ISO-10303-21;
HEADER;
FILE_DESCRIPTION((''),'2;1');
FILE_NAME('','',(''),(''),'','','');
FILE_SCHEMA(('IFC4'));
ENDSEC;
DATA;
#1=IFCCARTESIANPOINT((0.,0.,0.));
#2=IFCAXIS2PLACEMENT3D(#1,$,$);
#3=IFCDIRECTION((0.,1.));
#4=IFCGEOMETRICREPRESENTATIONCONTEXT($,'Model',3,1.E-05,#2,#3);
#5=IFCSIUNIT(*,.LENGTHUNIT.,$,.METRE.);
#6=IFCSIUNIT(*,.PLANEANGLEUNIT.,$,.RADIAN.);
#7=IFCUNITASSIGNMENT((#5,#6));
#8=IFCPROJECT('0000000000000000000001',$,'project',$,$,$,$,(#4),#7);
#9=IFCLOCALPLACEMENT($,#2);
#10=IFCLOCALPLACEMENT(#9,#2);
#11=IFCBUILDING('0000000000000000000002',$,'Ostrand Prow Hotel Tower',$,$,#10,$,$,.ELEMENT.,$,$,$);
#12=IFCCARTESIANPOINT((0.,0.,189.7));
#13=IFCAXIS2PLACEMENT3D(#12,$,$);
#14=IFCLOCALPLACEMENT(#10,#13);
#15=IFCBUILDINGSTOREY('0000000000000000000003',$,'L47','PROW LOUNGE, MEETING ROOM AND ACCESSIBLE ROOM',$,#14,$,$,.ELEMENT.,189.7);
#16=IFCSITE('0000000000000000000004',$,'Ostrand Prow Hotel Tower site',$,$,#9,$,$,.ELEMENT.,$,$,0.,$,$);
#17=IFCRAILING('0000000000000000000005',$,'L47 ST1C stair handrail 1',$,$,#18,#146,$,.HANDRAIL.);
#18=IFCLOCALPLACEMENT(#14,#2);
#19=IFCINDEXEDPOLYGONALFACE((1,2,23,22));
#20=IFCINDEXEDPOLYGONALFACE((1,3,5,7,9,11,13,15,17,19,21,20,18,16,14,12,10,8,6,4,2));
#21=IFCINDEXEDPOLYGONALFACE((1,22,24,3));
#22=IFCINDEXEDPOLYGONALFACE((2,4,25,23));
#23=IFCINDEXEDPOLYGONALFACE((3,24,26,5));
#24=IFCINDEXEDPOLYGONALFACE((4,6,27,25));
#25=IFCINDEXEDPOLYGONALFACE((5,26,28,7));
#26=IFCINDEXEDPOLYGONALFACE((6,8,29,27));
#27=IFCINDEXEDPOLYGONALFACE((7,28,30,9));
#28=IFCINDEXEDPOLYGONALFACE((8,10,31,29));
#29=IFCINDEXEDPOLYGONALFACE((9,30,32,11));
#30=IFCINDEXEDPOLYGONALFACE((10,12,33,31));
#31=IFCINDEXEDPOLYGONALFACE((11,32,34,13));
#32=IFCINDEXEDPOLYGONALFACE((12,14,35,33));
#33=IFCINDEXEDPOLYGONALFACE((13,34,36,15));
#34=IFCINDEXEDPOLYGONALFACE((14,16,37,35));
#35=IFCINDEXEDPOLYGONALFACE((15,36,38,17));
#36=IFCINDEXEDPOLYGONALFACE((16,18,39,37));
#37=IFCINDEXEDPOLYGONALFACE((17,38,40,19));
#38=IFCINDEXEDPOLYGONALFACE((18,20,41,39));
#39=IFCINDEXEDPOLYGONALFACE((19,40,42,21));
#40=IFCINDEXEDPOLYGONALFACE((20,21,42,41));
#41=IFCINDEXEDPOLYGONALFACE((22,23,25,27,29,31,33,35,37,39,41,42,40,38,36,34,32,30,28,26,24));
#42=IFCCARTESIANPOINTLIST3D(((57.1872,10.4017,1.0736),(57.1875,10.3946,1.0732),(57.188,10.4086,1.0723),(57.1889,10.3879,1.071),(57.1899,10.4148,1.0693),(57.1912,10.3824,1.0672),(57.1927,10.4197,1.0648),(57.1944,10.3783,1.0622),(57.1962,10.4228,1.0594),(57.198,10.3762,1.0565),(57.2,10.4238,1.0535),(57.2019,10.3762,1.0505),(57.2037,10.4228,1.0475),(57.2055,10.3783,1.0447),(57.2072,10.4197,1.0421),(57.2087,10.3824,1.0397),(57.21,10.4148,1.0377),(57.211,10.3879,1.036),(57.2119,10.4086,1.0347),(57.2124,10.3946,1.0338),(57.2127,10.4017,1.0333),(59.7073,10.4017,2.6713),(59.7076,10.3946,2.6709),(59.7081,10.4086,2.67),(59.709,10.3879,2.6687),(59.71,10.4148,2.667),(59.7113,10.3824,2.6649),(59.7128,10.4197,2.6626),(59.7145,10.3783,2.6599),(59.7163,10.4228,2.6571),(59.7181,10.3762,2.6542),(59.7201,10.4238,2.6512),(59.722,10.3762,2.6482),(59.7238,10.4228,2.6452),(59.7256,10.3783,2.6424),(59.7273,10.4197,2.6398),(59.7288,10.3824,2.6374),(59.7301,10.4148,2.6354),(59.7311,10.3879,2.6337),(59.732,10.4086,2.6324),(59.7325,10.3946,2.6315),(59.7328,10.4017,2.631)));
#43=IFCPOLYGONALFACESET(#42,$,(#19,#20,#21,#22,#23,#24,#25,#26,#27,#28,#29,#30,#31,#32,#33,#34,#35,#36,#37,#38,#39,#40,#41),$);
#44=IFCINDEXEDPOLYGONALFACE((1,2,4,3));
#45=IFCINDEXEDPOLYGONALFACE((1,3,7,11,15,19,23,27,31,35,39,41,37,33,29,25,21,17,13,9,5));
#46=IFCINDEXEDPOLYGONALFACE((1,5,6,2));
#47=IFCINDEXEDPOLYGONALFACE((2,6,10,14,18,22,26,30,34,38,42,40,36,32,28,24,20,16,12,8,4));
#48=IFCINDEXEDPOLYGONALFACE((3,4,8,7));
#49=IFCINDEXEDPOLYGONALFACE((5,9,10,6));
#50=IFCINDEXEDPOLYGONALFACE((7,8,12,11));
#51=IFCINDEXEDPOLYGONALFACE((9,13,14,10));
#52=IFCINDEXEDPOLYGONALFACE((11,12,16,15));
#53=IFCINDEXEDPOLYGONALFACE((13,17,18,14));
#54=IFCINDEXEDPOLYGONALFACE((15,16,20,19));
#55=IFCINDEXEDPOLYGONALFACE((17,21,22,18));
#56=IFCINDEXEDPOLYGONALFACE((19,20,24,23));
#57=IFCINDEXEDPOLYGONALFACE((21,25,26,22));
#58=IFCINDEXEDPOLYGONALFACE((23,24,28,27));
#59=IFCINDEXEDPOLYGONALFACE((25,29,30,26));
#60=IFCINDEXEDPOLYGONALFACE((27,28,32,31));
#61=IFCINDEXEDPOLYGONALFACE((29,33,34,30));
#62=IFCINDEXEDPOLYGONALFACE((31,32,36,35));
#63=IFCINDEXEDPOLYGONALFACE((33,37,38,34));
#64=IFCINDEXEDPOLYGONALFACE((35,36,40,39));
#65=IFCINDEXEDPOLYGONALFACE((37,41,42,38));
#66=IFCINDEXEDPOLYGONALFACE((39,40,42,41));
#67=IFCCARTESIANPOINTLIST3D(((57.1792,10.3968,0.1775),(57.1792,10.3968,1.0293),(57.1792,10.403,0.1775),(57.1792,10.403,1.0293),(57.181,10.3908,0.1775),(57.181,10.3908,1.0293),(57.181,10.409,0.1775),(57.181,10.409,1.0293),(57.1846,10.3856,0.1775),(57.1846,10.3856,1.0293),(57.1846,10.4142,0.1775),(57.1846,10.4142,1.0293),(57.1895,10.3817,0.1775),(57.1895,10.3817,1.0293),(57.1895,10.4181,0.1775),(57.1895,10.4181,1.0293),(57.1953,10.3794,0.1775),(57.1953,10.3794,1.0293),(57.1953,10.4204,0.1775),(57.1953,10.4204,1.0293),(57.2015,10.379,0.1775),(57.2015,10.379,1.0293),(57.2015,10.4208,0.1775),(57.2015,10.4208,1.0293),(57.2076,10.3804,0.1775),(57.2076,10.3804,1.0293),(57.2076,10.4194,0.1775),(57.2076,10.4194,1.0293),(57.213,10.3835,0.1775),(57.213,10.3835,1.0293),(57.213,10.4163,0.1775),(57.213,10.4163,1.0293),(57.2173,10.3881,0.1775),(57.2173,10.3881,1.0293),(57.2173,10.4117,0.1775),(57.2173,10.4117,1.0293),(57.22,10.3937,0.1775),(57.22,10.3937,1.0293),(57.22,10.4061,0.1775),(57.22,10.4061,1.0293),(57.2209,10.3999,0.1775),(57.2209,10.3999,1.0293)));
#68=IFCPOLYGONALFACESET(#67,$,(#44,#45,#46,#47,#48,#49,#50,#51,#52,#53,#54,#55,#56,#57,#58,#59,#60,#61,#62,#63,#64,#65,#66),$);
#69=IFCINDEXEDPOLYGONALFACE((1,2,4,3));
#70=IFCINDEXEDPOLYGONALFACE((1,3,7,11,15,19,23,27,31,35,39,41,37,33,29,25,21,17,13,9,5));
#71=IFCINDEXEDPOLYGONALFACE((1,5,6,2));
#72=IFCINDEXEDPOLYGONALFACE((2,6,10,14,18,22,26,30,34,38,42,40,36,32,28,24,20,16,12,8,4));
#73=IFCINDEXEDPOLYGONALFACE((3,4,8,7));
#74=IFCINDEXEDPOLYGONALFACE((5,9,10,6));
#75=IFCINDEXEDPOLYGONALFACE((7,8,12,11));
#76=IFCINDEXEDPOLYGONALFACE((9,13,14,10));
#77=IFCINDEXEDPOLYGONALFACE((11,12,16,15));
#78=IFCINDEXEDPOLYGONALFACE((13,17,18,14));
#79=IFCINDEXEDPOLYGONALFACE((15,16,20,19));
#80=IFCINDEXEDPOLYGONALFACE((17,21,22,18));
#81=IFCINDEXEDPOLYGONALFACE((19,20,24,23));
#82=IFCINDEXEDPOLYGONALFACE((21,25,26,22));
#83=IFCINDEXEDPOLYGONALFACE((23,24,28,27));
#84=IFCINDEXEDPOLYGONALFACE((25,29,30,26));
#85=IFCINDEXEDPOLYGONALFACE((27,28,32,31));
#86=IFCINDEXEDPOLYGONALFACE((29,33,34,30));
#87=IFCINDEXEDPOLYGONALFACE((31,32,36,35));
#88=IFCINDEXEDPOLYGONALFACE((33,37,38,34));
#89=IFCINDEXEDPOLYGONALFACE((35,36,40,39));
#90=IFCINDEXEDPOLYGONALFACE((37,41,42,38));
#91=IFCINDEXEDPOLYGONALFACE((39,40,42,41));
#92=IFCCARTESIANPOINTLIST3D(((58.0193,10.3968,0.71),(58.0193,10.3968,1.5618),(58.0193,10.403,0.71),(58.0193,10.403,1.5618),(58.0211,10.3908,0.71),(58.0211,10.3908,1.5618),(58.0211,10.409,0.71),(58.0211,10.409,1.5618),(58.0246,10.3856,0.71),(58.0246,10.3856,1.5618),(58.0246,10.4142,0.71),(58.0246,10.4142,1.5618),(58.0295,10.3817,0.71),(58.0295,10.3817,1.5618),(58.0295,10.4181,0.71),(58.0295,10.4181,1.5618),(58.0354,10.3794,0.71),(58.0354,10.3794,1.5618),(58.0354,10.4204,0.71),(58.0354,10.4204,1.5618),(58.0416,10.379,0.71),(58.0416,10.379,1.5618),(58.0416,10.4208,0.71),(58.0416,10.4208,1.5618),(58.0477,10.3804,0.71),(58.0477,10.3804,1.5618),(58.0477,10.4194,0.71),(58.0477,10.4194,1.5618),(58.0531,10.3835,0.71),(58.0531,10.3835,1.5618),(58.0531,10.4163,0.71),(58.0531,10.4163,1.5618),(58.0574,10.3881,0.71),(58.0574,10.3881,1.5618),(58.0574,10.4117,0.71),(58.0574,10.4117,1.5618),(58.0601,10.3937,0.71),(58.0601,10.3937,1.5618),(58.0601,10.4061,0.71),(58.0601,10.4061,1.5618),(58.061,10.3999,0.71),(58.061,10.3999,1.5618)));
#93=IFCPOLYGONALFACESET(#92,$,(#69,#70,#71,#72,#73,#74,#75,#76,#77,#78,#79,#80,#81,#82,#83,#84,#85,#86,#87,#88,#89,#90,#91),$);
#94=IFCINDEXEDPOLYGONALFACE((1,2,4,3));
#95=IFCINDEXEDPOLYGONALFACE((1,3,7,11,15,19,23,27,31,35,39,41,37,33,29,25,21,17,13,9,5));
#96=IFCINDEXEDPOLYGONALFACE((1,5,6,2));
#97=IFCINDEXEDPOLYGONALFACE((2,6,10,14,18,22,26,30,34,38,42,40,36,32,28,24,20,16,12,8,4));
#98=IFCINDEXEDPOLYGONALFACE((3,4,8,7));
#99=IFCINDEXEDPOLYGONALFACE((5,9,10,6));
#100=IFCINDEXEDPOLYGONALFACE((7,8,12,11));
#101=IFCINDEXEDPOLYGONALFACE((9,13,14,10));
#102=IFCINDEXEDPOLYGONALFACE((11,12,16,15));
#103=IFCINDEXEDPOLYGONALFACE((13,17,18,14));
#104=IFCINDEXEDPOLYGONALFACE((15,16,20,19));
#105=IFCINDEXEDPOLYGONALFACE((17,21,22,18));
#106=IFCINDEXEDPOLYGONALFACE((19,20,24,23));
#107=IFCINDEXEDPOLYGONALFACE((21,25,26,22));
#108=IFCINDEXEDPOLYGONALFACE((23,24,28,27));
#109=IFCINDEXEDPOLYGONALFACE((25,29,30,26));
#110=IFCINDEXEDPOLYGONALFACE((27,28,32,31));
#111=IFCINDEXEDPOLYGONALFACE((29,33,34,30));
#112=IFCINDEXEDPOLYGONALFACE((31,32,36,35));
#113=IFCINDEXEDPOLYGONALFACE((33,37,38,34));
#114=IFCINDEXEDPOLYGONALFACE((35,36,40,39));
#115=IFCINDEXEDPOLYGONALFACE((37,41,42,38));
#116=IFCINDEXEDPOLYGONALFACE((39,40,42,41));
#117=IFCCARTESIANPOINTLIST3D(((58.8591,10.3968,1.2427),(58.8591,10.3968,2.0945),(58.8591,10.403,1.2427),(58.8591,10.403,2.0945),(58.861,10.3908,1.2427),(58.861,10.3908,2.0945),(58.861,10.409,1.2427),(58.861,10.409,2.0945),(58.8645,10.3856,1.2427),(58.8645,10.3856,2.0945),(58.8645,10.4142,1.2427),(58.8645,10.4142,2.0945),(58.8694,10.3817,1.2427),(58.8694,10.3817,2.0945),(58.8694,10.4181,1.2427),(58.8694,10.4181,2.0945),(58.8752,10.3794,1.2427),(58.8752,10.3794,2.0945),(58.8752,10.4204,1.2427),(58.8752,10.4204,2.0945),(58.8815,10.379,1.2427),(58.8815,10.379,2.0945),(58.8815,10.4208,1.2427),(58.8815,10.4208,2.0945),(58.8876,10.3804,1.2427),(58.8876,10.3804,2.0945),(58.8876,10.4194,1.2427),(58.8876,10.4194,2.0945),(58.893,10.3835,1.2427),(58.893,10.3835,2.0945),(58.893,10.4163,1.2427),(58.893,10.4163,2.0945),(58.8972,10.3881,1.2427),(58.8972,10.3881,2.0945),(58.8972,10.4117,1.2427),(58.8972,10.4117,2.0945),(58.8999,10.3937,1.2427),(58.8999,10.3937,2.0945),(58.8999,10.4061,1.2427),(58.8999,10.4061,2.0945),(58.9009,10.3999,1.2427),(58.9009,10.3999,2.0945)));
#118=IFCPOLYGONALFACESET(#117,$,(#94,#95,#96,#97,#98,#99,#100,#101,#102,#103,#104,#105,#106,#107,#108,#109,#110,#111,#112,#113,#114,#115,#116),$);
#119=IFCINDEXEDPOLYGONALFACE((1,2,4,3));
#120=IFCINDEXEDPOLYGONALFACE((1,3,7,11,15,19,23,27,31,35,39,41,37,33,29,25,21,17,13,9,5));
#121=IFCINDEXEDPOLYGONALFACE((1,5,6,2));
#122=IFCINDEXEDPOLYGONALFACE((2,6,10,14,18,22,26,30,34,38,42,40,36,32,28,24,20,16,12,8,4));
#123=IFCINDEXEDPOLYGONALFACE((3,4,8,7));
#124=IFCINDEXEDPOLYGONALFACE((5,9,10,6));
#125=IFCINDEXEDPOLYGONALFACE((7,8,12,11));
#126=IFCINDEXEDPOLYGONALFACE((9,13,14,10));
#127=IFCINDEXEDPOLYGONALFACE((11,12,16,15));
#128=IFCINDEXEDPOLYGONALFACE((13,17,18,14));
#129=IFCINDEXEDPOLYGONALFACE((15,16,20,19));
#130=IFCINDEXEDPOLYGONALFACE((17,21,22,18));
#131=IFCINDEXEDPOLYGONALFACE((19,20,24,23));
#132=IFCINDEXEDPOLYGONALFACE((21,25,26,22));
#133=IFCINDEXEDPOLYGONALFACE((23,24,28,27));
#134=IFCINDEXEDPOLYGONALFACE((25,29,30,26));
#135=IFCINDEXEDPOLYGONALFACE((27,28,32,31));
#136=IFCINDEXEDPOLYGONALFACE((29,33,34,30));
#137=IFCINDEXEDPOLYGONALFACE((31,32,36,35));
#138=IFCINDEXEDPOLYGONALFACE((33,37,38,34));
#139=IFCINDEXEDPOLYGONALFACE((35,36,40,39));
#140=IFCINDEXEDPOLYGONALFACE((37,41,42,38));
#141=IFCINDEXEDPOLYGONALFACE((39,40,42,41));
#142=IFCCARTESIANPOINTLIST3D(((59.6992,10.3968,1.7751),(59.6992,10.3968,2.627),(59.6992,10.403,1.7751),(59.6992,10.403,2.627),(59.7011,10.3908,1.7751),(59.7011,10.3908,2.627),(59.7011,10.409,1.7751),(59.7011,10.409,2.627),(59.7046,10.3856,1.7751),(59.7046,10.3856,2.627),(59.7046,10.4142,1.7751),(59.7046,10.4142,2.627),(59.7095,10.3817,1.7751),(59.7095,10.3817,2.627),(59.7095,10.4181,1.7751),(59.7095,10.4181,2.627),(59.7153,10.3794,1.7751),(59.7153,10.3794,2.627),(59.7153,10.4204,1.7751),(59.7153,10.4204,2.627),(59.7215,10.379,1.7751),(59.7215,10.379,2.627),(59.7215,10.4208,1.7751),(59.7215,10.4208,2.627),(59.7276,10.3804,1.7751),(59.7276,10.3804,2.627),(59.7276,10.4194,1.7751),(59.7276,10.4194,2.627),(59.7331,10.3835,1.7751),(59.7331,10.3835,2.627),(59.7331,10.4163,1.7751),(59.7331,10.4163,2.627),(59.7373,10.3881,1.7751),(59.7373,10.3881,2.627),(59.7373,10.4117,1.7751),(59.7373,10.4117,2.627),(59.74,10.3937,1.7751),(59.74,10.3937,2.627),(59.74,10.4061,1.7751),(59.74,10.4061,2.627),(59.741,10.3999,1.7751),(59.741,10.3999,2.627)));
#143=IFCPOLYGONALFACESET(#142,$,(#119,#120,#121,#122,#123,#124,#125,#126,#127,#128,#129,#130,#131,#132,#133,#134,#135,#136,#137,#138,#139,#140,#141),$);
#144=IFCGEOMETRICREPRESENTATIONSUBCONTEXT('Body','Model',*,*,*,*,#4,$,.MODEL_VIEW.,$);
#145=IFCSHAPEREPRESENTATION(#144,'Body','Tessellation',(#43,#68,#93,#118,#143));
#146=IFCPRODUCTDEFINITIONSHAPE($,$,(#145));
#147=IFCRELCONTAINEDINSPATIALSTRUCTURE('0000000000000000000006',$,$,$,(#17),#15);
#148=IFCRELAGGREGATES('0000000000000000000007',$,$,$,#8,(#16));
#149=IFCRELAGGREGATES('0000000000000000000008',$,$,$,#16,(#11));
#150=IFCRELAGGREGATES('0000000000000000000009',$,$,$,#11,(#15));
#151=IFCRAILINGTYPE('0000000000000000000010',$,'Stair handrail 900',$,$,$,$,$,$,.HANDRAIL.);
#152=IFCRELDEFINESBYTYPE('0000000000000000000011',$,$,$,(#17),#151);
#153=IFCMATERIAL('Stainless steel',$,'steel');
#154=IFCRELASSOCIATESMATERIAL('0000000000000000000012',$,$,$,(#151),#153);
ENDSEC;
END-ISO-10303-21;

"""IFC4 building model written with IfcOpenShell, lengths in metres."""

from ifc_helpers import new_model, si_unit, direction, frame, origin, origin_2d, place, context, subcontext, project, spatial, circle, extrude, material, type_object, element, save


model = new_model("IFC4")

# Units and contexts
model_context = context("Model", 3, precision=1e-05, world=origin(), true_north=direction((0.0, 1.0)))
body_context = subcontext(model_context, "Body", "Model", "MODEL_VIEW")
ifc_project = project(units=[si_unit("LENGTHUNIT", "METRE"), si_unit("PLANEANGLEUNIT", "RADIAN")], contexts=[model_context])

# Site, building, storey
site_placement = place(None, origin())
site = spatial("IfcSite", under=ifc_project, at=site_placement, Name="Ostrand Prow Hotel Tower site", CompositionType="ELEMENT", RefElevation=0.0)
building_placement = place(site_placement, origin())
building = spatial("IfcBuilding", under=site, at=building_placement, Name="Ostrand Prow Hotel Tower", CompositionType="ELEMENT")
storey_placement = place(building_placement, frame((0.0, 0.0, 189.7)))
storey = spatial("IfcBuildingStorey", under=building, at=storey_placement, Name="L47", Description="PROW LOUNGE, MEETING ROOM AND ACCESSIBLE ROOM", CompositionType="ELEMENT", Elevation=189.7)

# Railing
ifc_material_1 = material(Name="Stainless steel", Category="steel")
railing_type_1 = type_object("IfcRailingType", Name="Stair handrail 900", PredefinedType="HANDRAIL", material=ifc_material_1)
railing_1_placement = place(storey_placement, frame((57.2, 10.3999, 0.1775)))
element("IfcRailing", 1, at=railing_1_placement, inside=storey, type_object=railing_type_1, Name="L47 ST1C stair handrail 1", PredefinedType="HANDRAIL", context=body_context, shape_type="SweptSolid", body=[
    extrude(circle(Radius=0.0239, at=origin_2d()), frame((0.0, 0.0, 0.876), z_axis=(0.84457, 0.0, 0.535445), x_axis=(0.0, 1.0, 0.0)), (0.0, 0.0, 1.0), 2.9839),
    extrude(circle(Radius=0.021, at=origin_2d()), origin(), (0.0, 0.0, 1.0), 0.8518),
    extrude(circle(Radius=0.021, at=origin_2d()), frame((0.8401, 0.0, 0.5325)), (0.0, 0.0, 1.0), 0.8518),
    extrude(circle(Radius=0.021, at=origin_2d()), frame((1.6799, 0.0, 1.0652)), (0.0, 0.0, 1.0), 0.8518),
    extrude(circle(Radius=0.021, at=origin_2d()), frame((2.52, 0.0, 1.5977)), (0.0, 0.0, 1.0), 0.8518),
])

save(model, "model.ifc")
